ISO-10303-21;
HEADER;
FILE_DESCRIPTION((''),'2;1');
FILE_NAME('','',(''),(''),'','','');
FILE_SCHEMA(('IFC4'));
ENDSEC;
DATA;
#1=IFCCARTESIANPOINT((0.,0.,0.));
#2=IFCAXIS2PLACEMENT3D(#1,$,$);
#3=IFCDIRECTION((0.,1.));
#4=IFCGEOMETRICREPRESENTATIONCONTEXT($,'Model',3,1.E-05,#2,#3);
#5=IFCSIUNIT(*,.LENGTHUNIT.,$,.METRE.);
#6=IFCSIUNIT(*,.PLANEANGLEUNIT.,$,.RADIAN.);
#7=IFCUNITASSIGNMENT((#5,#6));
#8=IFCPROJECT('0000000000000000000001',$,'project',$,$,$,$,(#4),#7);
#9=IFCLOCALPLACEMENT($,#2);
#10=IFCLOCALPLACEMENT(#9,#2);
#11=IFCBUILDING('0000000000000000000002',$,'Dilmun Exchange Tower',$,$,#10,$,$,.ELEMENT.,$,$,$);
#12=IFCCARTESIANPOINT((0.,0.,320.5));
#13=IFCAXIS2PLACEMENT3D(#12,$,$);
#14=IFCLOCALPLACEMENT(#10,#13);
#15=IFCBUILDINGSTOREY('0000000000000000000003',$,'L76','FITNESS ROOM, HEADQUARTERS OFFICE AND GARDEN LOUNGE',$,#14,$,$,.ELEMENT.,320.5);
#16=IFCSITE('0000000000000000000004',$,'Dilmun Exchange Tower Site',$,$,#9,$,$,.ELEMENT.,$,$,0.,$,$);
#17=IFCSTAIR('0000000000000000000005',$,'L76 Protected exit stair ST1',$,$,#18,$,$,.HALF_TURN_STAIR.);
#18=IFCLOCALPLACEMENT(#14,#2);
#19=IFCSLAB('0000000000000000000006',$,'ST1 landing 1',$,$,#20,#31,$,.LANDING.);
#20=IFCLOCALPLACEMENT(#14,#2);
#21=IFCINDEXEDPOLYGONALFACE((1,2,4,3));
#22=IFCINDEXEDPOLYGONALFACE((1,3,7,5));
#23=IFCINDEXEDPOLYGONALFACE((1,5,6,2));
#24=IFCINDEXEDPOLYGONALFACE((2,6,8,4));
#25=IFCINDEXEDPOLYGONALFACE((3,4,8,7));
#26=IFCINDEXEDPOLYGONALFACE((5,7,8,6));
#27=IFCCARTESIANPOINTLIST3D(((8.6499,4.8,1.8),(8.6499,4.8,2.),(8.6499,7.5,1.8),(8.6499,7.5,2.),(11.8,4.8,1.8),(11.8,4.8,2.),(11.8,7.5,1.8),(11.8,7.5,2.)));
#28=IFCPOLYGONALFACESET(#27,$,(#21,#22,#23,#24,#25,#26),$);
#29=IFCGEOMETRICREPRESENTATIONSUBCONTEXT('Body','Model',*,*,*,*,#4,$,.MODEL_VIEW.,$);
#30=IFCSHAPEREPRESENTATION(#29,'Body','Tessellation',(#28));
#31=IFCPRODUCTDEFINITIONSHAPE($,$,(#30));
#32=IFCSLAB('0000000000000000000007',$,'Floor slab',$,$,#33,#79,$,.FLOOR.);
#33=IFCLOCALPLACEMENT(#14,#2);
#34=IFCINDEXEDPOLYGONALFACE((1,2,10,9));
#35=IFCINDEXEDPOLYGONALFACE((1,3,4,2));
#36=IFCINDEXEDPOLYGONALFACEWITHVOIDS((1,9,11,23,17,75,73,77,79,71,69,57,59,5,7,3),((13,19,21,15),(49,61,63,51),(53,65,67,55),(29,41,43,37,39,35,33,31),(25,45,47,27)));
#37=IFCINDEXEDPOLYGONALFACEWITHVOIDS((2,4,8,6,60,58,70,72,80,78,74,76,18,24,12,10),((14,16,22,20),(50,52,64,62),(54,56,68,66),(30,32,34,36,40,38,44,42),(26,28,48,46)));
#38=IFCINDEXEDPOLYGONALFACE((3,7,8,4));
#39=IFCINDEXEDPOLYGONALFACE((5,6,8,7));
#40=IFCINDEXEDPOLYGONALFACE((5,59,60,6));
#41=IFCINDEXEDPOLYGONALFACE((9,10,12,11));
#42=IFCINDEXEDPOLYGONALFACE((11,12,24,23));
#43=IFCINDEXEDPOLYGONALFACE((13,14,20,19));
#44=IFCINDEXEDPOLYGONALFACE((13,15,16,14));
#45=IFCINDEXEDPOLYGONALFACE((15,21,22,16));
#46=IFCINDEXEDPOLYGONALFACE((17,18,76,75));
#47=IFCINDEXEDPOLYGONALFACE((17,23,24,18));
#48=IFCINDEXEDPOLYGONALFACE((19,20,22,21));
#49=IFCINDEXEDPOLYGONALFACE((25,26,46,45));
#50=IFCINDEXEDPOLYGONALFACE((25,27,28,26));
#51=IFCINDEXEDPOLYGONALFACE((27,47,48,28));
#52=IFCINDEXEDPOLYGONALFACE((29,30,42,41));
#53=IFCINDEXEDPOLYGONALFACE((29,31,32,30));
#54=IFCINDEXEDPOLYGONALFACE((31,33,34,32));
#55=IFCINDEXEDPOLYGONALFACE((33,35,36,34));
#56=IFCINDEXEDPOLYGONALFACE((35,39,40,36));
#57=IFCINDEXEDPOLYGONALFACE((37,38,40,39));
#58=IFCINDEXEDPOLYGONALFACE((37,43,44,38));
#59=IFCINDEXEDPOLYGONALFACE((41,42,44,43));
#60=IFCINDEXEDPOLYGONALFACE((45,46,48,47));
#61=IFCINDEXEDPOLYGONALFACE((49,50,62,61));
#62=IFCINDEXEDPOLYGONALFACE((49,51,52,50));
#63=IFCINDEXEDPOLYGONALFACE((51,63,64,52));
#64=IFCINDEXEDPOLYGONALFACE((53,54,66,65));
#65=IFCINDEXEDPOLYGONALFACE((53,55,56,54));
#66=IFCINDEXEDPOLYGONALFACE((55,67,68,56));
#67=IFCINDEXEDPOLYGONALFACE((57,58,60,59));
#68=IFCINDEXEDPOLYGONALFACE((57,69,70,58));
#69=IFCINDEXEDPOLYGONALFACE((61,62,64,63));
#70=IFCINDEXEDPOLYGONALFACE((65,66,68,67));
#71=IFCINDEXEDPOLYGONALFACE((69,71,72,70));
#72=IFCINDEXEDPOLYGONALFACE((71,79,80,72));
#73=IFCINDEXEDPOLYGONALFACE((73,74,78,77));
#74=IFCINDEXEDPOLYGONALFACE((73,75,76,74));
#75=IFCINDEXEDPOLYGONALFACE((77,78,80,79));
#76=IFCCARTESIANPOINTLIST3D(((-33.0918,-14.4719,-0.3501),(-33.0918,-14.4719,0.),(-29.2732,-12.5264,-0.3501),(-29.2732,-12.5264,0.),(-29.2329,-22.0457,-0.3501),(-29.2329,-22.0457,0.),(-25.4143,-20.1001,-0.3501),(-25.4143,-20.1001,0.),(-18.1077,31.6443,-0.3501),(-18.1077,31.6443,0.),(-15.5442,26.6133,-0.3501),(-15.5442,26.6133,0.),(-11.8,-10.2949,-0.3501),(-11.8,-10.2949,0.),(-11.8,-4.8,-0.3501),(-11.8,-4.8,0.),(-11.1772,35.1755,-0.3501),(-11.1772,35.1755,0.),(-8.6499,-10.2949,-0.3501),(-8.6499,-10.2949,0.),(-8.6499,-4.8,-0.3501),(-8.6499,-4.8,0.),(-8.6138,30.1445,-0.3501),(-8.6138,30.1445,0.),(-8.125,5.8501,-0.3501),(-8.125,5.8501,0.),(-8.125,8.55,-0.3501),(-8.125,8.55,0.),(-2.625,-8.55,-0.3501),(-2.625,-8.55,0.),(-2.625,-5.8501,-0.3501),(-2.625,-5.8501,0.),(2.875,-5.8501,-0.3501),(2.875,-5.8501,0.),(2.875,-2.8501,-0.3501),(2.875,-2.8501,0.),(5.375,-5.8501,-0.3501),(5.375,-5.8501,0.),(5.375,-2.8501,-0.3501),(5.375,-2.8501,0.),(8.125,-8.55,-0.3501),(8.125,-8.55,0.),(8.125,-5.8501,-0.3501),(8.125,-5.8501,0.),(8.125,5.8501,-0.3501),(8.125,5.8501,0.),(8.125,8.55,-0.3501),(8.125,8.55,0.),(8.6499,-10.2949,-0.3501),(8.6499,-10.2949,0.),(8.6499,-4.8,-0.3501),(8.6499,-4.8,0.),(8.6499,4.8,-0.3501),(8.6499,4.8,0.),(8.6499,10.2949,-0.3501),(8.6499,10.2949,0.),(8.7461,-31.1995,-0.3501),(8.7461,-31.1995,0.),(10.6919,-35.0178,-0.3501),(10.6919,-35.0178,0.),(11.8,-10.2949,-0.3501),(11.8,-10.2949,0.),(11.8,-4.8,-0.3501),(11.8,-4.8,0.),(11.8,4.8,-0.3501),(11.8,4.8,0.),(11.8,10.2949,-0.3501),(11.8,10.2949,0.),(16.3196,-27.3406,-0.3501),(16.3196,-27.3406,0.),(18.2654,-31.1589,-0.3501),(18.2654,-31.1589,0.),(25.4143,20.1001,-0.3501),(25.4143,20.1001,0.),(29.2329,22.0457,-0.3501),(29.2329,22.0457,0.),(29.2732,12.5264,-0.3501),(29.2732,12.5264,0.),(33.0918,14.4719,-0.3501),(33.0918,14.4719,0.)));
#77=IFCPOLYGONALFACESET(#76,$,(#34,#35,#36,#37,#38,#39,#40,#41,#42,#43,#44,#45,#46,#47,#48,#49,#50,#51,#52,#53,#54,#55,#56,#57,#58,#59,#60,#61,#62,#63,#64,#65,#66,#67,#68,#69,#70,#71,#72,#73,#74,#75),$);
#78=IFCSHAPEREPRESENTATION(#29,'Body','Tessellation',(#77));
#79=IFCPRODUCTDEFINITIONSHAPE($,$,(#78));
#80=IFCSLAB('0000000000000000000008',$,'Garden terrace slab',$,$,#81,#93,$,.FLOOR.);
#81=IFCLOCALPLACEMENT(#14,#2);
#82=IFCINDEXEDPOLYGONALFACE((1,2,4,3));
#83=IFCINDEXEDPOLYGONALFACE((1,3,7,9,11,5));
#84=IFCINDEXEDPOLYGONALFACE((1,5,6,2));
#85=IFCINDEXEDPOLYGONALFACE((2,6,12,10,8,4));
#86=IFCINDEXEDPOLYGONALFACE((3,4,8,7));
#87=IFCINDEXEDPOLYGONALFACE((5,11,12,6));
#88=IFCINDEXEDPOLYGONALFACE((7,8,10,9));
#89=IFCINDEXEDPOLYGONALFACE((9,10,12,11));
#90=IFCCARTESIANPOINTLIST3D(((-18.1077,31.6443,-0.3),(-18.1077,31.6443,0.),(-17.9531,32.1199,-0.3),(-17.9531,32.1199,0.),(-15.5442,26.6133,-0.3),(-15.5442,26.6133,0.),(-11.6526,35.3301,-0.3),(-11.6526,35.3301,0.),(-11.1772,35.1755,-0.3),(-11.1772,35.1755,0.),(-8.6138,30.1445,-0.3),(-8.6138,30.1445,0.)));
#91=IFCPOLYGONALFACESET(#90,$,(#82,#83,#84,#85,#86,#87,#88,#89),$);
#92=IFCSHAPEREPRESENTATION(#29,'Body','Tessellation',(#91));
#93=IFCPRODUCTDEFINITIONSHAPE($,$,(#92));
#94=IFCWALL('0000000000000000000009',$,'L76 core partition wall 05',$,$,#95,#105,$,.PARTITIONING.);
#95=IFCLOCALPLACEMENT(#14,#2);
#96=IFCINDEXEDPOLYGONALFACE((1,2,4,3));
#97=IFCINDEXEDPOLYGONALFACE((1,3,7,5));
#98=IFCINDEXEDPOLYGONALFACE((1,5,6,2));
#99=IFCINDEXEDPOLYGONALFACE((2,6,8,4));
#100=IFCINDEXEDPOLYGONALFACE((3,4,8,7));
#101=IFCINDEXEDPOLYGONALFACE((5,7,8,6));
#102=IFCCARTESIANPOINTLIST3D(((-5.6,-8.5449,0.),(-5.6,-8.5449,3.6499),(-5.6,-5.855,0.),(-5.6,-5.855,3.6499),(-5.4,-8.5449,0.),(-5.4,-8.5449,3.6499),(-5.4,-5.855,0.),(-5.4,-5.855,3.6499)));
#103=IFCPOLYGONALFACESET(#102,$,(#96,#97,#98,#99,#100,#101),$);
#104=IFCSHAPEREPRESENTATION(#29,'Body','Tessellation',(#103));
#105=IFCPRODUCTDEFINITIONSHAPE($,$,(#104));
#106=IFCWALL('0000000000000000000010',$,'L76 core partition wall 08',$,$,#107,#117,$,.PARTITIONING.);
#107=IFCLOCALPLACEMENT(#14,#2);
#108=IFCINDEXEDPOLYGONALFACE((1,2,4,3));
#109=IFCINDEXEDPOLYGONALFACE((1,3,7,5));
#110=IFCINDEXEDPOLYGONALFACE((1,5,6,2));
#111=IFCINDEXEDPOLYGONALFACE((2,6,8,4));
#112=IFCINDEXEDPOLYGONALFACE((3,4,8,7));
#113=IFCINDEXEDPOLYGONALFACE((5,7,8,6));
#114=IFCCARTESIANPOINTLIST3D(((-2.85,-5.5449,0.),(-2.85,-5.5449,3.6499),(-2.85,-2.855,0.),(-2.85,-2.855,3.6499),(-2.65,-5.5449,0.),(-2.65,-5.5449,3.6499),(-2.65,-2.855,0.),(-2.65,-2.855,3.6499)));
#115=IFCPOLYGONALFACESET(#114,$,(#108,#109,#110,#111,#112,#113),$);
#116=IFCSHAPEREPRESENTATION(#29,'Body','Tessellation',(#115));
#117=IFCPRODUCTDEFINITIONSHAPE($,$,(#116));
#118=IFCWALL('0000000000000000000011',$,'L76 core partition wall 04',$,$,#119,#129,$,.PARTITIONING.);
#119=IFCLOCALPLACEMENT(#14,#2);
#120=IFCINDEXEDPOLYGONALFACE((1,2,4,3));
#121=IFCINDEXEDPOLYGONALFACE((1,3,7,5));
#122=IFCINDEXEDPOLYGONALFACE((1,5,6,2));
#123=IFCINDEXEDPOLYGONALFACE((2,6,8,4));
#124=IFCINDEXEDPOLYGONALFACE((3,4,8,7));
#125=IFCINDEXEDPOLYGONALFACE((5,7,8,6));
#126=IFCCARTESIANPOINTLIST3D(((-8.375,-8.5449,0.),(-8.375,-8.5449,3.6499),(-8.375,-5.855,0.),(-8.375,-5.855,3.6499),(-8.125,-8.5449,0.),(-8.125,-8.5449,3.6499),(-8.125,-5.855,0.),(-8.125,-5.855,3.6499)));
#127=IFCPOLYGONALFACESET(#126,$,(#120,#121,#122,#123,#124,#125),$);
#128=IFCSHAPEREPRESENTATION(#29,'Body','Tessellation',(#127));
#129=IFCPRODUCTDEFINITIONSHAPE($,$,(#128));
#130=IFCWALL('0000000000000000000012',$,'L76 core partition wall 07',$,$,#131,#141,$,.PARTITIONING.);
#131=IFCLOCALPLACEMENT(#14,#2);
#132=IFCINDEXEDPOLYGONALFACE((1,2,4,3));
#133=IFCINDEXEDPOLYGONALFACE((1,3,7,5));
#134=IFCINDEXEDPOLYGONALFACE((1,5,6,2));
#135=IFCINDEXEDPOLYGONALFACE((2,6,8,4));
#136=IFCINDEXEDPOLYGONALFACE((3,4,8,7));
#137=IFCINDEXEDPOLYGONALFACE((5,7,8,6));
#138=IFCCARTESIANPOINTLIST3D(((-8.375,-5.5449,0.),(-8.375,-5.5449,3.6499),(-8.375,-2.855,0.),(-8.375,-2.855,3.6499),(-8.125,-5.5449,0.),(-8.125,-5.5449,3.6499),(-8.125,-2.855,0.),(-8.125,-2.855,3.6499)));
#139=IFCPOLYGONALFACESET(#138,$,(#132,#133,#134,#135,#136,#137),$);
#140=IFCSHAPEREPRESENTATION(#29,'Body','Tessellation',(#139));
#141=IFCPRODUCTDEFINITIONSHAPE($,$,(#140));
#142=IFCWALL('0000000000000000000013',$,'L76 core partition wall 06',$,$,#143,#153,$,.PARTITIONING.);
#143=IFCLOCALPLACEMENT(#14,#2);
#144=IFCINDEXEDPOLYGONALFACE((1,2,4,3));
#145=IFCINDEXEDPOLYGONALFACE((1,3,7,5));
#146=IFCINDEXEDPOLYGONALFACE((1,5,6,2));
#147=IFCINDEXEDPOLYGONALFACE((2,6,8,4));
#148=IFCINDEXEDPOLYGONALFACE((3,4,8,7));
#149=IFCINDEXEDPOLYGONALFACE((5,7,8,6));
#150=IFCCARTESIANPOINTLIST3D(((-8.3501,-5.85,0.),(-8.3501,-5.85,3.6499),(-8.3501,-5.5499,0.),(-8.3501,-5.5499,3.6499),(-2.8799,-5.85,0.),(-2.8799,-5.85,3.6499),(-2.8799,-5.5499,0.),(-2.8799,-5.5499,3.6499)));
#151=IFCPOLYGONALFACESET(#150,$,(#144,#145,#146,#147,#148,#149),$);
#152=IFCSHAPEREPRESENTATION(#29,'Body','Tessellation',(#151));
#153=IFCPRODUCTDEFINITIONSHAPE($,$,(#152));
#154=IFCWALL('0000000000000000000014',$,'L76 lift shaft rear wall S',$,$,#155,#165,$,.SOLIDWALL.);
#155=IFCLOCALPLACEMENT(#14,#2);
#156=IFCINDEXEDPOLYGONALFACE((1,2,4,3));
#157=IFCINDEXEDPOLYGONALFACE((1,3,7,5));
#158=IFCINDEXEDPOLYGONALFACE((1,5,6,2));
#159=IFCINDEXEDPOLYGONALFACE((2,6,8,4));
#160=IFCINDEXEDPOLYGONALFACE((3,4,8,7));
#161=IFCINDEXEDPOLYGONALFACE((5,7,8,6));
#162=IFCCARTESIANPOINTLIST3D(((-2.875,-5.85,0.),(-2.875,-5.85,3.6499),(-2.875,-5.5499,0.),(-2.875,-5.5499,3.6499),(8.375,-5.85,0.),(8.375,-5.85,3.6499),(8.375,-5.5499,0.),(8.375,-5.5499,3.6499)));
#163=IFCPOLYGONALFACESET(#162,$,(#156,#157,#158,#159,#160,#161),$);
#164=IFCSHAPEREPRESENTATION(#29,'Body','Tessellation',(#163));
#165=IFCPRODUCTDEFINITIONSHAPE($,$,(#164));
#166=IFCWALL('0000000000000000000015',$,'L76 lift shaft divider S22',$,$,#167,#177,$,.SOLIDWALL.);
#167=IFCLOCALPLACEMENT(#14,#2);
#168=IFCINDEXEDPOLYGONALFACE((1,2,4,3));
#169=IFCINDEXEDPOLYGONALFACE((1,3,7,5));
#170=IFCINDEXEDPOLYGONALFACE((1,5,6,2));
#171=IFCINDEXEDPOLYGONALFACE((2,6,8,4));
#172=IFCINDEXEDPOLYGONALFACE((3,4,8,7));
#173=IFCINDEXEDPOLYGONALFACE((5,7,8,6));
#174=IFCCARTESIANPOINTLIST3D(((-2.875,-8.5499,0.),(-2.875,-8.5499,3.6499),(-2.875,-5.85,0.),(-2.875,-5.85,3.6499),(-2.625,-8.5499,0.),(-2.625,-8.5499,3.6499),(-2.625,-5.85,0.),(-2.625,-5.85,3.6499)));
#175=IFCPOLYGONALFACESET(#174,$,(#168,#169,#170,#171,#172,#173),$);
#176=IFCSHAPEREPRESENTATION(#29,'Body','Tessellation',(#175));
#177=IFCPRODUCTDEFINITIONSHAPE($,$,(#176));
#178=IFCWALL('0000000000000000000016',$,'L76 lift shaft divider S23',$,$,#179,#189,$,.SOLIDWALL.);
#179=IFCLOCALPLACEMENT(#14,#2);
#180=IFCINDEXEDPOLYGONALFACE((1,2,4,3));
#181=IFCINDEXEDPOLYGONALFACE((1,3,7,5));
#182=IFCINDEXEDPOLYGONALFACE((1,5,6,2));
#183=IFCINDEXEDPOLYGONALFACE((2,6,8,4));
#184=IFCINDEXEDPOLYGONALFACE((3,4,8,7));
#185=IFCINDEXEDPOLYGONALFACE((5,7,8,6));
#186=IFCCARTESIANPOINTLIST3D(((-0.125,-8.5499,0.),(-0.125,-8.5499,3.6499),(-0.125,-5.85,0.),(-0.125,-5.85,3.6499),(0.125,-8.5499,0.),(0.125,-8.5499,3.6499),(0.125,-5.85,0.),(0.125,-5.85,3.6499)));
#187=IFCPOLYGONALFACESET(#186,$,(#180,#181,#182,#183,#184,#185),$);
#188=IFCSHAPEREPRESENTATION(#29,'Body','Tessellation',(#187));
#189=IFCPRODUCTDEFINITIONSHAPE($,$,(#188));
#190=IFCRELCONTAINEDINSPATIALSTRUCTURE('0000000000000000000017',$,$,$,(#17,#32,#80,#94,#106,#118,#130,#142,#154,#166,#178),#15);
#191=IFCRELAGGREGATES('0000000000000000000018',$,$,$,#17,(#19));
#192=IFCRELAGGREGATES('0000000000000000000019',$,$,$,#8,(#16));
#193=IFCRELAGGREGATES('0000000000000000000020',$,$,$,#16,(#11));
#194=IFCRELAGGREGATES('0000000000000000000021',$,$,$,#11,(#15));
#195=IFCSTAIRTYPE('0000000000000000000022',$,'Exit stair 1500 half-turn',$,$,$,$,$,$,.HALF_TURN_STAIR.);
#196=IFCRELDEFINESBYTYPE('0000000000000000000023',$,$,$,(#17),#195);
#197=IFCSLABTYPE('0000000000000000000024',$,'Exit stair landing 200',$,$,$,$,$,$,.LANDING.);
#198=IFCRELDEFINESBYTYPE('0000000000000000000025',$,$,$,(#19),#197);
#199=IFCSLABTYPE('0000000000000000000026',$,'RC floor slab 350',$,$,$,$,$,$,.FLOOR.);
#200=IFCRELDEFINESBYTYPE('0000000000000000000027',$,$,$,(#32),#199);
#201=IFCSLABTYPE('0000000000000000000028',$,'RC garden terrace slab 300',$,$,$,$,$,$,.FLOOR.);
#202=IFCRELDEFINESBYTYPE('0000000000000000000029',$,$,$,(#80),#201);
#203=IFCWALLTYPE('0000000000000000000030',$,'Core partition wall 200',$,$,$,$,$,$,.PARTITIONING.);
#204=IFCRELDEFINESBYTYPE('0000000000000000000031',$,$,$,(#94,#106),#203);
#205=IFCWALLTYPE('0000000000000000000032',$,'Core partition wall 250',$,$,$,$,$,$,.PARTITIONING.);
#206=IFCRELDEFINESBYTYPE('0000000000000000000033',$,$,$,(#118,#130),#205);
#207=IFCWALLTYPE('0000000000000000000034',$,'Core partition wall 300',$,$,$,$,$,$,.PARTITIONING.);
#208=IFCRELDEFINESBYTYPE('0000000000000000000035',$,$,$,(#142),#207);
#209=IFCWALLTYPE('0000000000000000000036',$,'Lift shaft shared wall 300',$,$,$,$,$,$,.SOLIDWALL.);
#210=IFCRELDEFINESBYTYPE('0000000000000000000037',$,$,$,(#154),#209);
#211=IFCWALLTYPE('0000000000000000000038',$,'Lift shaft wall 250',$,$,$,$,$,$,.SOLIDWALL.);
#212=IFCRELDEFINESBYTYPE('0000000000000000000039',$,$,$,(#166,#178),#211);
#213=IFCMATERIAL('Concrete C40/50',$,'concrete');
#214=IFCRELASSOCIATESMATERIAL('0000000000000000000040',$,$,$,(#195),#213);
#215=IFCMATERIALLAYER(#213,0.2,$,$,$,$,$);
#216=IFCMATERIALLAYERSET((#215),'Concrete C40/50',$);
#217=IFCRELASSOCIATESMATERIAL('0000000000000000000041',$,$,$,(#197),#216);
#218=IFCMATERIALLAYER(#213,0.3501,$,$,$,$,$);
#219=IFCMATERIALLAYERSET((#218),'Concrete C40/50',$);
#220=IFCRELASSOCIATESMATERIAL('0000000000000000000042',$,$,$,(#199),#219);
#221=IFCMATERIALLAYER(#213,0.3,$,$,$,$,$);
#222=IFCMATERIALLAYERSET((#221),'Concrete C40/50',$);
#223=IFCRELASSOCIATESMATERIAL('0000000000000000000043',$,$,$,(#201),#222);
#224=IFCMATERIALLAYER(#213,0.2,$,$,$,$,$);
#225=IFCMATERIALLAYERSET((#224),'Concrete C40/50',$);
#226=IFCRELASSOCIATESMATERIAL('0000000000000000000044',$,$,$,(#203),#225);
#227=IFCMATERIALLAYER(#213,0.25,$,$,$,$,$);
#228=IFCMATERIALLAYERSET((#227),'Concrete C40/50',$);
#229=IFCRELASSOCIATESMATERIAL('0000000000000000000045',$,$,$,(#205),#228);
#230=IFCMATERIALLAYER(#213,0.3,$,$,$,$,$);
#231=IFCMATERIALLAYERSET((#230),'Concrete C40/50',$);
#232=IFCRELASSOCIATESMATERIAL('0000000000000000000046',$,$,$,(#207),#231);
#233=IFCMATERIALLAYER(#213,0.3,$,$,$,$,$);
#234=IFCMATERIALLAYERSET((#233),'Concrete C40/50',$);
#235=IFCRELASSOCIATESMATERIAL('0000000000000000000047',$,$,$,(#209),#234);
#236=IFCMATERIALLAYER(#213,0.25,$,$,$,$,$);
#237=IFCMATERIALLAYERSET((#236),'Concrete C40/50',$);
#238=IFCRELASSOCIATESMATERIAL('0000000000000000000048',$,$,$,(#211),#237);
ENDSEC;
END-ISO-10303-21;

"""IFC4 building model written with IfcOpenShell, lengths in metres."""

from ifc_helpers import new_model, si_unit, direction, frame, frame_2d, origin, place, context, subcontext, project, spatial, polyline, rectangle, outline, extrude, material, layer, layer_set, type_object, element, aggregate, save


model = new_model("IFC4")

# Units and contexts
model_context = context("Model", 3, precision=1e-05, world=origin(), true_north=direction((0.0, 1.0)))
body_context = subcontext(model_context, "Body", "Model", "MODEL_VIEW")
ifc_project = project(units=[si_unit("LENGTHUNIT", "METRE"), si_unit("PLANEANGLEUNIT", "RADIAN")], contexts=[model_context])

# Site, building, storey
site_placement = place(None, origin())
site = spatial("IfcSite", under=ifc_project, at=site_placement, Name="Dilmun Exchange Tower Site", CompositionType="ELEMENT", RefElevation=0.0)
building_placement = place(site_placement, origin())
building = spatial("IfcBuilding", under=site, at=building_placement, Name="Dilmun Exchange Tower", CompositionType="ELEMENT")
storey_placement = place(building_placement, frame((0.0, 0.0, 320.5)))
storey = spatial("IfcBuildingStorey", under=building, at=storey_placement, Name="L76", Description="FITNESS ROOM, HEADQUARTERS OFFICE AND GARDEN LOUNGE", CompositionType="ELEMENT", Elevation=320.5)

# Stair, slab
ifc_material_1 = material(Name="Concrete C40/50", Category="concrete")
stair_type = type_object("IfcStairType", Name="Exit stair 1500 half-turn", PredefinedType="HALF_TURN_STAIR", material=ifc_material_1)
stair_1_placement = place(storey_placement, origin())
stair_1 = element("IfcStair", 1, at=stair_1_placement, inside=storey, type_object=stair_type, Name="L76 Protected exit stair ST1", PredefinedType="HALF_TURN_STAIR")
ifc_layer_1 = layer(ifc_material_1, 0.2)
ifc_layer_set_1 = layer_set([ifc_layer_1], Name="Concrete C40/50")
slab_type_1 = type_object("IfcSlabType", Name="Exit stair landing 200", PredefinedType="LANDING", material=ifc_layer_set_1)
slab_1_placement = place(storey_placement, frame((0.0, 0.0, 1.8)))
slab_1 = element("IfcSlab", 2, at=slab_1_placement, type_object=slab_type_1, Name="ST1 landing 1", PredefinedType="LANDING", context=body_context, shape_type="SweptSolid", body=[
    extrude(outline(polyline([(8.6499, 7.5), (8.6499, 4.8), (11.8, 4.8), (11.8, 7.5), (8.6499, 7.5)])), origin(), (0.0, 0.0, 1.0), 0.2),
])
aggregate(stair_1, [slab_1])

# Slabs
ifc_layer_2 = layer(ifc_material_1, 0.3501)
ifc_layer_set_2 = layer_set([ifc_layer_2], Name="Concrete C40/50")
slab_type_2 = type_object("IfcSlabType", Name="RC floor slab 350", PredefinedType="FLOOR", material=ifc_layer_set_2)
slab_2_placement = place(storey_placement, frame((0.0, 0.0, -0.3501)))
element("IfcSlab", 3, at=slab_2_placement, inside=storey, type_object=slab_type_2, Name="Floor slab", PredefinedType="FLOOR", context=body_context, shape_type="SweptSolid", body=[
    extrude(outline(polyline([(25.4143, 20.1001), (29.2732, 12.5264), (33.0918, 14.4719), (18.2654, -31.1589), (16.3196, -27.3406), (8.7461, -31.1995), (10.6919, -35.0178), (-29.2329, -22.0457), (-25.4143, -20.1001), (-29.2732, -12.5264), (-33.0918, -14.4719), (-18.1077, 31.6443), (-15.5442, 26.6133), (-8.6138, 30.1445), (-11.1772, 35.1755), (29.2329, 22.0457), (25.4143, 20.1001)]), holes=[polyline([(-8.6499, -4.8), (-11.8, -4.8), (-11.8, -10.2949), (-8.6499, -10.2949), (-8.6499, -4.8)]), polyline([(11.8, -4.8), (8.6499, -4.8), (8.6499, -10.2949), (11.8, -10.2949), (11.8, -4.8)]), polyline([(2.875, -5.8501), (-2.625, -5.8501), (-2.625, -8.55), (8.125, -8.55), (8.125, -5.8501), (5.375, -5.8501), (5.375, -2.8501), (2.875, -2.8501), (2.875, -5.8501)]), polyline([(8.125, 5.8501), (8.125, 8.55), (-8.125, 8.55), (-8.125, 5.8501), (8.125, 5.8501)]), polyline([(8.6499, 10.2949), (8.6499, 4.8), (11.8, 4.8), (11.8, 10.2949), (8.6499, 10.2949)])]), origin(), (0.0, 0.0, 1.0), 0.3501),
])
ifc_layer_3 = layer(ifc_material_1, 0.3)
ifc_layer_set_3 = layer_set([ifc_layer_3], Name="Concrete C40/50")
slab_type_3 = type_object("IfcSlabType", Name="RC garden terrace slab 300", PredefinedType="FLOOR", material=ifc_layer_set_3)
slab_3_placement = place(storey_placement, frame((0.0, 0.0, -0.3)))
element("IfcSlab", 4, at=slab_3_placement, inside=storey, type_object=slab_type_3, Name="Garden terrace slab", PredefinedType="FLOOR", context=body_context, shape_type="SweptSolid", body=[
    extrude(outline(polyline([(-15.5442, 26.6133), (-18.1077, 31.6443), (-17.9531, 32.1199), (-11.6526, 35.3301), (-11.1772, 35.1755), (-8.6138, 30.1445), (-15.5442, 26.6133)])), origin(), (0.0, 0.0, 1.0), 0.3),
])

# Walls
ifc_layer_4 = layer(ifc_material_1, 0.2)
ifc_layer_set_4 = layer_set([ifc_layer_4], Name="Concrete C40/50")
wall_type_1 = type_object("IfcWallType", Name="Core partition wall 200", PredefinedType="PARTITIONING", material=ifc_layer_set_4)
for number, where, z_axis, x_axis, name in (
    (5, (-5.5, -8.5449, 0.0), (0.0, 0.0, 1.0), (0.0, 1.0, 0.0), "L76 core partition wall 05"),
    (6, (-2.75, -5.5449, 0.0), (0.0, 0.0, 1.0), (0.0, 1.0, 0.0), "L76 core partition wall 08"),
):
    element("IfcWall", number, at=place(storey_placement, frame(where, z_axis=z_axis, x_axis=x_axis)), inside=storey, type_object=wall_type_1, Name=name, PredefinedType="PARTITIONING", context=body_context, shape_type="SweptSolid", body=[
        extrude(rectangle(XDim=2.6899, YDim=0.2, at=frame_2d((1.345, 0.0))), origin(), (0.0, 0.0, 1.0), 3.6499),
    ])
ifc_layer_5 = layer(ifc_material_1, 0.25)
ifc_layer_set_5 = layer_set([ifc_layer_5], Name="Concrete C40/50")
wall_type_2 = type_object("IfcWallType", Name="Core partition wall 250", PredefinedType="PARTITIONING", material=ifc_layer_set_5)
for number, where, z_axis, x_axis, name in (
    (7, (-8.25, -8.5449, 0.0), (0.0, 0.0, 1.0), (0.0, 1.0, 0.0), "L76 core partition wall 04"),
    (8, (-8.25, -5.5449, 0.0), (0.0, 0.0, 1.0), (0.0, 1.0, 0.0), "L76 core partition wall 07"),
):
    element("IfcWall", number, at=place(storey_placement, frame(where, z_axis=z_axis, x_axis=x_axis)), inside=storey, type_object=wall_type_2, Name=name, PredefinedType="PARTITIONING", context=body_context, shape_type="SweptSolid", body=[
        extrude(rectangle(XDim=2.6899, YDim=0.25, at=frame_2d((1.345, 0.0))), origin(), (0.0, 0.0, 1.0), 3.6499),
    ])
ifc_layer_6 = layer(ifc_material_1, 0.3)
ifc_layer_set_6 = layer_set([ifc_layer_6], Name="Concrete C40/50")
wall_type_3 = type_object("IfcWallType", Name="Core partition wall 300", PredefinedType="PARTITIONING", material=ifc_layer_set_6)
wall_1_placement = place(storey_placement, frame((-8.3501, -5.7, 0.0), z_axis=(0.0, 0.0, 1.0), x_axis=(1.0, 0.0, 0.0)))
element("IfcWall", 9, at=wall_1_placement, inside=storey, type_object=wall_type_3, Name="L76 core partition wall 06", PredefinedType="PARTITIONING", context=body_context, shape_type="SweptSolid", body=[
    extrude(rectangle(XDim=5.4702, YDim=0.3, at=frame_2d((2.7351, 0.0))), origin(), (0.0, 0.0, 1.0), 3.6499),
])
ifc_layer_7 = layer(ifc_material_1, 0.3)
ifc_layer_set_7 = layer_set([ifc_layer_7], Name="Concrete C40/50")
wall_type_4 = type_object("IfcWallType", Name="Lift shaft shared wall 300", PredefinedType="SOLIDWALL", material=ifc_layer_set_7)
wall_2_placement = place(storey_placement, frame((-2.875, -5.7, 0.0), z_axis=(0.0, 0.0, 1.0), x_axis=(1.0, 0.0, 0.0)))
element("IfcWall", 10, at=wall_2_placement, inside=storey, type_object=wall_type_4, Name="L76 lift shaft rear wall S", PredefinedType="SOLIDWALL", context=body_context, shape_type="SweptSolid", body=[
    extrude(rectangle(XDim=11.25, YDim=0.3, at=frame_2d((5.625, 0.0))), origin(), (0.0, 0.0, 1.0), 3.6499),
])
ifc_layer_8 = layer(ifc_material_1, 0.25)
ifc_layer_set_8 = layer_set([ifc_layer_8], Name="Concrete C40/50")
wall_type_5 = type_object("IfcWallType", Name="Lift shaft wall 250", PredefinedType="SOLIDWALL", material=ifc_layer_set_8)
for number, where, z_axis, x_axis, name in (
    (11, (-2.75, -8.55, 0.0), (0.0, 0.0, 1.0), (0.0, 1.0, 0.0), "L76 lift shaft divider S22"),
    (12, (0.0, -8.55, 0.0), (0.0, 0.0, 1.0), (0.0, 1.0, 0.0), "L76 lift shaft divider S23"),
):
    element("IfcWall", number, at=place(storey_placement, frame(where, z_axis=z_axis, x_axis=x_axis)), inside=storey, type_object=wall_type_5, Name=name, PredefinedType="SOLIDWALL", context=body_context, shape_type="SweptSolid", body=[
        extrude(rectangle(XDim=2.7, YDim=0.25, at=frame_2d((1.3501, 0.0))), origin(), (0.0, 0.0, 1.0), 3.6499),
    ])

save(model, "model.ifc")
